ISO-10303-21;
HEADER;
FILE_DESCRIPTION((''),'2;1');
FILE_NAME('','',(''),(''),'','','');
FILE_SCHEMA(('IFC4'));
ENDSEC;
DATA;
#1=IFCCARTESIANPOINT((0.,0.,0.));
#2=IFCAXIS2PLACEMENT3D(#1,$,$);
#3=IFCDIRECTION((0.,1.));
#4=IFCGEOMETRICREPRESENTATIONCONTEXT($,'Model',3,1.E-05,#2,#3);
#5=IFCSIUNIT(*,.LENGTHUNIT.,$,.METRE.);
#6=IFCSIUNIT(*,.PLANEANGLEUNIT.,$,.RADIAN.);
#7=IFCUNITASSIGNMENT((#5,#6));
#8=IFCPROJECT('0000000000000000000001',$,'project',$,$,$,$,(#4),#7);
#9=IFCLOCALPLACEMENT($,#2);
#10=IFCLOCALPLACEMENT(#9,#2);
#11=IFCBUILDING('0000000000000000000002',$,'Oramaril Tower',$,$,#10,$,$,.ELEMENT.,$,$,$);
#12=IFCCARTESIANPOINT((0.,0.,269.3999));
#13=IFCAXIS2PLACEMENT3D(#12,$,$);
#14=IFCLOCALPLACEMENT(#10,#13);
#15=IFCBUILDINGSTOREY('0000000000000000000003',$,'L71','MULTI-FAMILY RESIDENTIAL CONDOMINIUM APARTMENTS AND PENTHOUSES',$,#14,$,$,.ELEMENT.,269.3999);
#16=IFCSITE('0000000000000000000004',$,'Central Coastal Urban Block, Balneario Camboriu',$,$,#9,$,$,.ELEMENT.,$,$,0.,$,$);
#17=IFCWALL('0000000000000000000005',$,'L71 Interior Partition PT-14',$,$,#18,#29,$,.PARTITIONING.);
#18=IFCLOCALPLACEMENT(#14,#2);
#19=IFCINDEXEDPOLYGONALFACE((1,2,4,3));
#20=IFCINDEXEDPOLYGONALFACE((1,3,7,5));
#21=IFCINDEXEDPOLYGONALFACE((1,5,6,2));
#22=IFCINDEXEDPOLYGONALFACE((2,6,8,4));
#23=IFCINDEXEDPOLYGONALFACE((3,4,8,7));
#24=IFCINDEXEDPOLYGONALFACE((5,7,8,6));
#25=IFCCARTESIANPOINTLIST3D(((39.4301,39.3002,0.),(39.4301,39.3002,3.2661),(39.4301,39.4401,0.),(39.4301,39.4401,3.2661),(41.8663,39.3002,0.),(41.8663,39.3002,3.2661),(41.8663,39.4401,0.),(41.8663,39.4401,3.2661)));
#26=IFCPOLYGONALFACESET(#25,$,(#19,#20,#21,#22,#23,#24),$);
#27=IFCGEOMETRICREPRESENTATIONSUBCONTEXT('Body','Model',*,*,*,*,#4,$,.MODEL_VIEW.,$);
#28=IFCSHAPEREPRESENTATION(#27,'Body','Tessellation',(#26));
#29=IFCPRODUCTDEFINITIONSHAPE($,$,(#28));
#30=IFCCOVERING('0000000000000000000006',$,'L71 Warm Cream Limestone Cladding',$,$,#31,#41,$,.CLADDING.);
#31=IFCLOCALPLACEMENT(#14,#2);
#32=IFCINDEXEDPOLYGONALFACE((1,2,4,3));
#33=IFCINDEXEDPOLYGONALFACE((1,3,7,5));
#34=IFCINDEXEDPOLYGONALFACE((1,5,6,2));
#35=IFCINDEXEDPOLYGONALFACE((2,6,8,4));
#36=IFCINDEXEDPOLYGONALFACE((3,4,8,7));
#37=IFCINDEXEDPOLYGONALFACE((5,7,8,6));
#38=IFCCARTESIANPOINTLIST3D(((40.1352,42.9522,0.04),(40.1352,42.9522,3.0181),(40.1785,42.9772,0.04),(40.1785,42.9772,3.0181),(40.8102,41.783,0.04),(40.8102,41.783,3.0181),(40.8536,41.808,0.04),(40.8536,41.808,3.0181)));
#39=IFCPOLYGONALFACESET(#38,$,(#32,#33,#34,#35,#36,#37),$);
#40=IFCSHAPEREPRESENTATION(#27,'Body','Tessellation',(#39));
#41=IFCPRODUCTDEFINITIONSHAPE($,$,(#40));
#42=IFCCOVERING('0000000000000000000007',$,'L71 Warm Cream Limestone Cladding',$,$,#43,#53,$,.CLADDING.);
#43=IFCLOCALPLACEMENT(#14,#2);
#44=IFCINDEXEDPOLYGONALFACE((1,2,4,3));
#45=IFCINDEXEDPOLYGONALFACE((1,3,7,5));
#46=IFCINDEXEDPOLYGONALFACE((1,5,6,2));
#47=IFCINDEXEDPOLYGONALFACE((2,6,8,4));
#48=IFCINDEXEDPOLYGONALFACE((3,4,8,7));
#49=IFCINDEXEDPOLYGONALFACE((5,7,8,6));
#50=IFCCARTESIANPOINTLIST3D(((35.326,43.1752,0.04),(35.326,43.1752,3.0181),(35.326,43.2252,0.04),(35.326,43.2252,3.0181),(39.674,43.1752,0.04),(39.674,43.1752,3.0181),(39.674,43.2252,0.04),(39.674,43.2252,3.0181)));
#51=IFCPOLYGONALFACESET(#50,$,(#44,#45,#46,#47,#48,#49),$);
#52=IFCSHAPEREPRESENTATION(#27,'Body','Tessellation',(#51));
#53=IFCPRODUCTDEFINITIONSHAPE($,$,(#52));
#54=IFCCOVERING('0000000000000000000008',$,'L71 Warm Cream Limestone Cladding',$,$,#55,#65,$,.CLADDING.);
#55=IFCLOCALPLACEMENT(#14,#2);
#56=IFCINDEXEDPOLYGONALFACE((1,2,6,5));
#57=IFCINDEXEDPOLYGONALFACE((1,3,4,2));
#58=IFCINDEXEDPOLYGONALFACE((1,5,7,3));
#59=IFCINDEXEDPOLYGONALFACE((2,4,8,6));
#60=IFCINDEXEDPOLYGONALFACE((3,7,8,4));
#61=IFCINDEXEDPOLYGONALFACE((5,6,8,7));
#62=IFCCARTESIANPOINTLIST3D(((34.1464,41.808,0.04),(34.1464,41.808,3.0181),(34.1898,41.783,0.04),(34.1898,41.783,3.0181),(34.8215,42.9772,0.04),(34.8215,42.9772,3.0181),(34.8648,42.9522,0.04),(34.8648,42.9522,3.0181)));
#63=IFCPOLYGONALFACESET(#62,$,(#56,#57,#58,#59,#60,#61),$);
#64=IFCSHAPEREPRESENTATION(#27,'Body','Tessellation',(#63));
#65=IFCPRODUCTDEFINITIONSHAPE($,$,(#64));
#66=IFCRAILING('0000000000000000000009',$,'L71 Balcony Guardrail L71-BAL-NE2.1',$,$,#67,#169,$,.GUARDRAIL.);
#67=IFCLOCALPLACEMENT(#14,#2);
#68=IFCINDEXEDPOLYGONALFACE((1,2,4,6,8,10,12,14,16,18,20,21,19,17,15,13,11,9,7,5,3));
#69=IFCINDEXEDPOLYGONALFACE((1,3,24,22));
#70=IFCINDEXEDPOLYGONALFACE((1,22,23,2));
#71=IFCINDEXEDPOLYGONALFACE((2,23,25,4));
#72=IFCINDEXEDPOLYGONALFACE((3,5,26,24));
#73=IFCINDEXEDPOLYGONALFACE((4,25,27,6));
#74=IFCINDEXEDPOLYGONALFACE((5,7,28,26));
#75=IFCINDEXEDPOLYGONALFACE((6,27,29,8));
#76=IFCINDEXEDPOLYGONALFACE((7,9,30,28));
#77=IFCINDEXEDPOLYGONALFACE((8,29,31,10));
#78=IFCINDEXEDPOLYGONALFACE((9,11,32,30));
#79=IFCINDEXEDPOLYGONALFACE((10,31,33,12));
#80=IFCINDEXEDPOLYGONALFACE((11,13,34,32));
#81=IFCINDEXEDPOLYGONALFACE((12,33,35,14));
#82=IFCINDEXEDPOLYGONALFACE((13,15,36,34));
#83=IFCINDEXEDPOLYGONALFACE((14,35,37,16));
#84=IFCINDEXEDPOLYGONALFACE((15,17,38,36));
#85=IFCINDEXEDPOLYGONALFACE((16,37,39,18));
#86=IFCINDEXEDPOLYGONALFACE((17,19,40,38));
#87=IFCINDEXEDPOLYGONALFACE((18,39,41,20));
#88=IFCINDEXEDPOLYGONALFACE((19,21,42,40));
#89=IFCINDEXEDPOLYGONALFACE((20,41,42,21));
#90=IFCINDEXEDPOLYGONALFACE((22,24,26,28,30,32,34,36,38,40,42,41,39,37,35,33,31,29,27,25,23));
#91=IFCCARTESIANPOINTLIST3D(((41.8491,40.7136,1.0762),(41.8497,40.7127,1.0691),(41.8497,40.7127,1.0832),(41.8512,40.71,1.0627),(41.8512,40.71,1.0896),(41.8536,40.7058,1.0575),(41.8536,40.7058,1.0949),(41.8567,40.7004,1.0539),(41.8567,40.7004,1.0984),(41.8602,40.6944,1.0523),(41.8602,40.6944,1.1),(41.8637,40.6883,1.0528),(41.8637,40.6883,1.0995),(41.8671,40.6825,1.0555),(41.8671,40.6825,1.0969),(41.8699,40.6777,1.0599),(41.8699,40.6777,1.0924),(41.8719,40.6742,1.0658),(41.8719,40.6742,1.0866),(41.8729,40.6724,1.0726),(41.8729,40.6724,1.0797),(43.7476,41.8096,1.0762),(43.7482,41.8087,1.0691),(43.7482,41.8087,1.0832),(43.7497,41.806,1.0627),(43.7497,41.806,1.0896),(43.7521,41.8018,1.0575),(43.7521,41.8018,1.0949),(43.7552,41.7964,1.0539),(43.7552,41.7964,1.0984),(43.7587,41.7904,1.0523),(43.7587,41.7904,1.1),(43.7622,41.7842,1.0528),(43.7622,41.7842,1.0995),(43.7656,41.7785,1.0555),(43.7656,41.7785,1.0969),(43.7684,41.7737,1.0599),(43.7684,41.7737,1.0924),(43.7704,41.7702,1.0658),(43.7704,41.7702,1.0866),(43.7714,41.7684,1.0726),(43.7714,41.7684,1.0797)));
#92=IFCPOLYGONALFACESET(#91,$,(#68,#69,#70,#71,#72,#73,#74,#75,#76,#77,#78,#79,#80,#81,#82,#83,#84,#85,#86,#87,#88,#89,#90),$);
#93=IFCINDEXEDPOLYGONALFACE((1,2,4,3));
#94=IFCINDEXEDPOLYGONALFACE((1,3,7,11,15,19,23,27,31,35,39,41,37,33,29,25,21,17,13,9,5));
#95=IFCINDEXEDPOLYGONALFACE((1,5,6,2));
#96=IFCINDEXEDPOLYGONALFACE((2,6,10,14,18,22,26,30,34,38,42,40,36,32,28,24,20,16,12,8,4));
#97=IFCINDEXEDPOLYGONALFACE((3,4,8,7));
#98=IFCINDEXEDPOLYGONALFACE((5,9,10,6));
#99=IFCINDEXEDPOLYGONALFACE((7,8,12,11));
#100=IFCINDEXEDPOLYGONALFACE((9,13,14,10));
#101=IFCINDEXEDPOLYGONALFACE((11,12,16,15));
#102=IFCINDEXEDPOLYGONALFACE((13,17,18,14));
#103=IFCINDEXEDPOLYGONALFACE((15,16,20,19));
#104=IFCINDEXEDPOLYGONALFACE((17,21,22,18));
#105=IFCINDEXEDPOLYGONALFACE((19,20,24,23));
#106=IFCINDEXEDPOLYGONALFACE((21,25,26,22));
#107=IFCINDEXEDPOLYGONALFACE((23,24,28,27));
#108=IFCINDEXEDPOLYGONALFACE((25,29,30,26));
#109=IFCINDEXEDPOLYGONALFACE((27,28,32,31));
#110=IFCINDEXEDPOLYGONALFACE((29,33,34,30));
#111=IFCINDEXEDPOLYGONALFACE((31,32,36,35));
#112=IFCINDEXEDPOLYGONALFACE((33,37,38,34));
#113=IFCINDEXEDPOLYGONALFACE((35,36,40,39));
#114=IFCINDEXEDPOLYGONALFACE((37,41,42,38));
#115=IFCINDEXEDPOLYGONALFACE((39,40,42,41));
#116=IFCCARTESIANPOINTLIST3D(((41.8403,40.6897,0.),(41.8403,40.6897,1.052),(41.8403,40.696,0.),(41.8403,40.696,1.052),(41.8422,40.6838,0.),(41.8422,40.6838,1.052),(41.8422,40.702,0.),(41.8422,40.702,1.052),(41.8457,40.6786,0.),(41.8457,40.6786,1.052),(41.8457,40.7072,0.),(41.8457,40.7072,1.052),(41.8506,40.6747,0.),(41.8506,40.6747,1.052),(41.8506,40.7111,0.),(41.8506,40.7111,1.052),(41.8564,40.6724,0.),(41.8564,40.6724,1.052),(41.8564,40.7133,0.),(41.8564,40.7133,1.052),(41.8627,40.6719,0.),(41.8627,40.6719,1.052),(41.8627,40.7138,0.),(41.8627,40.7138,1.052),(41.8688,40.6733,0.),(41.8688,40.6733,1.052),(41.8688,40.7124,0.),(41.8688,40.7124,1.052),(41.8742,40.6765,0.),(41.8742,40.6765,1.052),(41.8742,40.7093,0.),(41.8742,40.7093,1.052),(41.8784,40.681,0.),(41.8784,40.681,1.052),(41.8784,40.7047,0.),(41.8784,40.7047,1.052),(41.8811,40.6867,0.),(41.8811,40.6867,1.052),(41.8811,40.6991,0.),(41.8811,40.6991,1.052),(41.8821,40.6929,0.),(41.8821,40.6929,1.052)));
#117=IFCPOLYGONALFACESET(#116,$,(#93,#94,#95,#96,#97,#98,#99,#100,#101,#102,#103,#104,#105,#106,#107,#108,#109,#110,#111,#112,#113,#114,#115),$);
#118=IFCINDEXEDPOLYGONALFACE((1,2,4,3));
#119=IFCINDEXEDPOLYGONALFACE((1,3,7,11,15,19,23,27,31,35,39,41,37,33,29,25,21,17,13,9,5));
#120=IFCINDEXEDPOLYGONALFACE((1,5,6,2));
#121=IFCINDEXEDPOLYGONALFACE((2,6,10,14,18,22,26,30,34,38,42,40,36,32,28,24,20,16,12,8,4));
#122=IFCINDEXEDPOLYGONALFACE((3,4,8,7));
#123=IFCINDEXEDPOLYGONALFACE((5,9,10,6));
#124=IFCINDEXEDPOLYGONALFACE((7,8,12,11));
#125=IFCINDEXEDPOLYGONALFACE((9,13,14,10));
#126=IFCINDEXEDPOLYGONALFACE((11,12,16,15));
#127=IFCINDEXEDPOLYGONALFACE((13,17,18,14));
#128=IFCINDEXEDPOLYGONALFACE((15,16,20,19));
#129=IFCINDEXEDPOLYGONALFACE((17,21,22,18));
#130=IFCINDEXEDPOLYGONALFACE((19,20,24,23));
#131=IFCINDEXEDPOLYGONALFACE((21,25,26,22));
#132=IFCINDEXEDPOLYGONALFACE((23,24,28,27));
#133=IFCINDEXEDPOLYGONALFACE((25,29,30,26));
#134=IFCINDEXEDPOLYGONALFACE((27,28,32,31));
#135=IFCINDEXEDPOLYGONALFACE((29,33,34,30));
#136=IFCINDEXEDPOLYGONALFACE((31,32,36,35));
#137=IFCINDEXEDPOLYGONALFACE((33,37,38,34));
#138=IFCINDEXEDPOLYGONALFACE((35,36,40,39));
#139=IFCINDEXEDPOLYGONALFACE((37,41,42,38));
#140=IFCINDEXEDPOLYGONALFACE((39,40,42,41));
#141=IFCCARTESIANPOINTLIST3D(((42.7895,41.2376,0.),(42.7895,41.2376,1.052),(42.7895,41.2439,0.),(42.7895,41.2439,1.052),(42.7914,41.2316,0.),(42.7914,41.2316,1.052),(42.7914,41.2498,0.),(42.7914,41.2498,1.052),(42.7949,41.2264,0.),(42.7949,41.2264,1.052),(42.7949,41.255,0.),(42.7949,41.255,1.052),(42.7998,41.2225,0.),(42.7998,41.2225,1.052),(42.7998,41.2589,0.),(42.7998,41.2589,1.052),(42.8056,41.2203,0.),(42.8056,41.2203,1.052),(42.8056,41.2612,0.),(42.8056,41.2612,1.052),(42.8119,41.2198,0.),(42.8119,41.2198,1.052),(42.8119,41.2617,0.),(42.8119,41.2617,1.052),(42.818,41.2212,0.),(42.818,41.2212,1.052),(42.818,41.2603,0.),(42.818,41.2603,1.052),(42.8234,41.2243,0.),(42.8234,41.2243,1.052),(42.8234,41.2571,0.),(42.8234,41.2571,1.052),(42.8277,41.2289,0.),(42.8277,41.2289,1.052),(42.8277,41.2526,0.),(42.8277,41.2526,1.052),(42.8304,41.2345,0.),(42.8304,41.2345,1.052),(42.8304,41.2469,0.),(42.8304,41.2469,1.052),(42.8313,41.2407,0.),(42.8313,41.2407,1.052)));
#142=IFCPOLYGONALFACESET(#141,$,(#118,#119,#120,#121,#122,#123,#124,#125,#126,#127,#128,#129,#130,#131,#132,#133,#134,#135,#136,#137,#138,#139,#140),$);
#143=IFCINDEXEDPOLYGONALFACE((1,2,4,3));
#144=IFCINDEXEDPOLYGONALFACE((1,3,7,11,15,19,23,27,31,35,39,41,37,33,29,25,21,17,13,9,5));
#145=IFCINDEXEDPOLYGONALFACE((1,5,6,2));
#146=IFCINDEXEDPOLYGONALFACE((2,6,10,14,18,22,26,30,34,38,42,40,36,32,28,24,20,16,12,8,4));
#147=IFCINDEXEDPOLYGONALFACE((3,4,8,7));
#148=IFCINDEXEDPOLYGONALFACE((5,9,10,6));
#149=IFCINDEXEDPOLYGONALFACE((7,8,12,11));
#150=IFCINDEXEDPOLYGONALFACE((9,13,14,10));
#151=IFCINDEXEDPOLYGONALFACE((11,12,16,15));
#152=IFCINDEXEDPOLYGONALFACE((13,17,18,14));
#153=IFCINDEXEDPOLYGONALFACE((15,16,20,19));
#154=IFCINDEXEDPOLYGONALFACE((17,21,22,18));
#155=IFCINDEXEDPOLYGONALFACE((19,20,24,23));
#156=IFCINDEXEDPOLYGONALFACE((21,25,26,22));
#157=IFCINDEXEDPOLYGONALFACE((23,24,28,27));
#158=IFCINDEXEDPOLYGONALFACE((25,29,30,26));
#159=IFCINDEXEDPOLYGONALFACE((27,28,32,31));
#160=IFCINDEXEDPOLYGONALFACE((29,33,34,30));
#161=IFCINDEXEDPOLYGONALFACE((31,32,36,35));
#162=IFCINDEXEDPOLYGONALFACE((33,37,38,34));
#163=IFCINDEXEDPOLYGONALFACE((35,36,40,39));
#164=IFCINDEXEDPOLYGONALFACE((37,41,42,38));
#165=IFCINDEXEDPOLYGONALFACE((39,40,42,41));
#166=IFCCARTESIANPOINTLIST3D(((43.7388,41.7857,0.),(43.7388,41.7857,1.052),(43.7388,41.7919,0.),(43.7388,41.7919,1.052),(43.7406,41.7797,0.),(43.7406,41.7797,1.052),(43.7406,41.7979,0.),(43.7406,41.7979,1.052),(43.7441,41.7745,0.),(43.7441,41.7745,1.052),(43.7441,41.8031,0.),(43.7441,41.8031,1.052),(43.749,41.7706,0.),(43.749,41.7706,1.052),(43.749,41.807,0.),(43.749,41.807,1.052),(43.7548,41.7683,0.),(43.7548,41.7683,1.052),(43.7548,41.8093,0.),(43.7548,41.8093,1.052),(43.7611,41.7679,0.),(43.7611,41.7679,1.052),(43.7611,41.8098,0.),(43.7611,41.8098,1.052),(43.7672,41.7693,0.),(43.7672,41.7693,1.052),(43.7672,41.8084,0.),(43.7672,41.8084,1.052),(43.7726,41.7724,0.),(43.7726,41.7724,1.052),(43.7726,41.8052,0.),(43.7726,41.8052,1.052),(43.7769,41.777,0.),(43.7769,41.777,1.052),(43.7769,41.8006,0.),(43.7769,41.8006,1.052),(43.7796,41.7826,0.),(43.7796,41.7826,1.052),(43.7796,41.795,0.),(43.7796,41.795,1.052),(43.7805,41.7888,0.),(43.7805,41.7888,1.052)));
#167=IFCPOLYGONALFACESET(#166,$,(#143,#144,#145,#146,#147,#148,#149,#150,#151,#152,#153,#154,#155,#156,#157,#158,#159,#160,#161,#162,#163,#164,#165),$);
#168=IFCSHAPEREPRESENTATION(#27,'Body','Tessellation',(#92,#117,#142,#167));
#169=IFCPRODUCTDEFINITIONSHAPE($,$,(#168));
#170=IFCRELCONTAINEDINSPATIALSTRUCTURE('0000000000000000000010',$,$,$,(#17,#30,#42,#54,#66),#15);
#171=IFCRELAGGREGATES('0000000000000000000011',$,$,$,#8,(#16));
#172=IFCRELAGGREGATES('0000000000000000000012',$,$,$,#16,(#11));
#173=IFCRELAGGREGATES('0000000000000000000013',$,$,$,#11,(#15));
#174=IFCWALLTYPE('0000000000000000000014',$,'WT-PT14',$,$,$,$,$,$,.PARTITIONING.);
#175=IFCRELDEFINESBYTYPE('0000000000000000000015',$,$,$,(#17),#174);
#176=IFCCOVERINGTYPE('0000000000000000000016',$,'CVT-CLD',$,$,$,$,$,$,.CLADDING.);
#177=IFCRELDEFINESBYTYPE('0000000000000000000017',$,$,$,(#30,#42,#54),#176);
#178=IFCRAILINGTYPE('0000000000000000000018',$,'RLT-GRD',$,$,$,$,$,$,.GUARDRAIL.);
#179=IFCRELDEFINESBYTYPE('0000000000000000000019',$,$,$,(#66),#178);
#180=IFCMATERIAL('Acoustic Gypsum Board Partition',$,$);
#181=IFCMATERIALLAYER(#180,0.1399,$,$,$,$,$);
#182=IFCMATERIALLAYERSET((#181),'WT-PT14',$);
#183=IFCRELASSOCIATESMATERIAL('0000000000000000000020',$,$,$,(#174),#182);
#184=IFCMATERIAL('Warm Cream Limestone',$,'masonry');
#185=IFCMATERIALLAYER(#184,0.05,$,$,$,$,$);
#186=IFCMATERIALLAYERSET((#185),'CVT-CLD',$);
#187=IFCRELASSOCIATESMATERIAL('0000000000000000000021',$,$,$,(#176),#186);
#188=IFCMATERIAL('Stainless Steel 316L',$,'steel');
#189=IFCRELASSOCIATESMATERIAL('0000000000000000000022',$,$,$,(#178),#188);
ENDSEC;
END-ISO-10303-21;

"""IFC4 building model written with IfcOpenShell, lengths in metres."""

from ifc_helpers import new_model, si_unit, direction, frame, frame_2d, origin, origin_2d, place, context, subcontext, project, spatial, rectangle, circle, extrude, material, layer, layer_set, type_object, element, save


model = new_model("IFC4")

# Units and contexts
model_context = context("Model", 3, precision=1e-05, world=origin(), true_north=direction((0.0, 1.0)))
body_context = subcontext(model_context, "Body", "Model", "MODEL_VIEW")
ifc_project = project(units=[si_unit("LENGTHUNIT", "METRE"), si_unit("PLANEANGLEUNIT", "RADIAN")], contexts=[model_context])

# Site, building, storey
site_placement = place(None, origin())
site = spatial("IfcSite", under=ifc_project, at=site_placement, Name="Central Coastal Urban Block, Balneario Camboriu", CompositionType="ELEMENT", RefElevation=0.0)
building_placement = place(site_placement, origin())
building = spatial("IfcBuilding", under=site, at=building_placement, Name="Oramaril Tower", CompositionType="ELEMENT")
storey_placement = place(building_placement, frame((0.0, 0.0, 269.3999)))
storey = spatial("IfcBuildingStorey", under=building, at=storey_placement, Name="L71", Description="MULTI-FAMILY RESIDENTIAL CONDOMINIUM APARTMENTS AND PENTHOUSES", CompositionType="ELEMENT", Elevation=269.3999)

# Wall
ifc_material_1 = material(Name="Acoustic Gypsum Board Partition")
ifc_layer_1 = layer(ifc_material_1, 0.1399)
ifc_layer_set_1 = layer_set([ifc_layer_1], Name="WT-PT14")
wall_type_1 = type_object("IfcWallType", Name="WT-PT14", PredefinedType="PARTITIONING", material=ifc_layer_set_1)
wall_1_placement = place(storey_placement, frame((39.4299, 39.3701, 0.0), z_axis=(0.0, 0.0, 1.0), x_axis=(1.0, 0.0, 0.0)))
element("IfcWall", 1, at=wall_1_placement, inside=storey, type_object=wall_type_1, Name="L71 Interior Partition PT-14", PredefinedType="PARTITIONING", context=body_context, shape_type="SweptSolid", body=[
    extrude(rectangle(XDim=2.4363, YDim=0.1399, at=frame_2d((1.2183, 0.0))), origin(), (0.0, 0.0, 1.0), 3.2661),
])

# Coverings
ifc_material_2 = material(Name="Warm Cream Limestone", Category="masonry")
ifc_layer_2 = layer(ifc_material_2, 0.05)
ifc_layer_set_2 = layer_set([ifc_layer_2], Name="CVT-CLD")
covering_type = type_object("IfcCoveringType", Name="CVT-CLD", PredefinedType="CLADDING", material=ifc_layer_set_2)
covering_1_placement = place(storey_placement, frame((40.4944, 42.3801, 0.04), z_axis=(0.0, 0.0, 1.0), x_axis=(-0.5, 0.866025, 0.0)))
element("IfcCovering", 2, at=covering_1_placement, inside=storey, type_object=covering_type, Name="L71 Warm Cream Limestone Cladding", PredefinedType="CLADDING", context=body_context, shape_type="SweptSolid", body=[
    extrude(rectangle(XDim=1.3501, YDim=0.05, at=origin_2d()), origin(), (0.0, 0.0, 1.0), 2.978),
])
covering_2_placement = place(storey_placement, frame((37.5, 43.2002, 0.04), z_axis=(0.0, 0.0, 1.0), x_axis=(-1.0, 0.0, 0.0)))
element("IfcCovering", 3, at=covering_2_placement, inside=storey, type_object=covering_type, Name="L71 Warm Cream Limestone Cladding", PredefinedType="CLADDING", context=body_context, shape_type="SweptSolid", body=[
    extrude(rectangle(XDim=4.3479, YDim=0.05, at=origin_2d()), origin(), (0.0, 0.0, 1.0), 2.978),
])
covering_3_placement = place(storey_placement, frame((34.5056, 42.3801, 0.04), z_axis=(0.0, 0.0, 1.0), x_axis=(-0.5, -0.866025, 0.0)))
element("IfcCovering", 4, at=covering_3_placement, inside=storey, type_object=covering_type, Name="L71 Warm Cream Limestone Cladding", PredefinedType="CLADDING", context=body_context, shape_type="SweptSolid", body=[
    extrude(rectangle(XDim=1.3501, YDim=0.05, at=origin_2d()), origin(), (0.0, 0.0, 1.0), 2.978),
])

# Railing
ifc_material_3 = material(Name="Stainless Steel 316L", Category="steel")
railing_type = type_object("IfcRailingType", Name="RLT-GRD", PredefinedType="GUARDRAIL", material=ifc_material_3)
railing_1_placement = place(storey_placement, frame((41.8611, 40.6929, 0.0)))
element("IfcRailing", 5, at=railing_1_placement, inside=storey, type_object=railing_type, Name="L71 Balcony Guardrail L71-BAL-NE2.1", PredefinedType="GUARDRAIL", context=body_context, shape_type="SweptSolid", body=[
    extrude(circle(Radius=0.0239, at=origin_2d()), frame((0.0, 0.0, 1.0762), z_axis=(0.866048, 0.49996, 0.0), x_axis=(-0.49996, 0.866048, 0.0)), (0.0, 0.0, 1.0), 2.1921),
    extrude(circle(Radius=0.021, at=origin_2d()), origin(), (0.0, 0.0, 1.0), 1.052),
    extrude(circle(Radius=0.021, at=origin_2d()), frame((0.9492, 0.5479, 0.0)), (0.0, 0.0, 1.0), 1.052),
    extrude(circle(Radius=0.021, at=origin_2d()), frame((1.8984, 1.0959, 0.0)), (0.0, 0.0, 1.0), 1.052),
])

save(model, "model.ifc")
